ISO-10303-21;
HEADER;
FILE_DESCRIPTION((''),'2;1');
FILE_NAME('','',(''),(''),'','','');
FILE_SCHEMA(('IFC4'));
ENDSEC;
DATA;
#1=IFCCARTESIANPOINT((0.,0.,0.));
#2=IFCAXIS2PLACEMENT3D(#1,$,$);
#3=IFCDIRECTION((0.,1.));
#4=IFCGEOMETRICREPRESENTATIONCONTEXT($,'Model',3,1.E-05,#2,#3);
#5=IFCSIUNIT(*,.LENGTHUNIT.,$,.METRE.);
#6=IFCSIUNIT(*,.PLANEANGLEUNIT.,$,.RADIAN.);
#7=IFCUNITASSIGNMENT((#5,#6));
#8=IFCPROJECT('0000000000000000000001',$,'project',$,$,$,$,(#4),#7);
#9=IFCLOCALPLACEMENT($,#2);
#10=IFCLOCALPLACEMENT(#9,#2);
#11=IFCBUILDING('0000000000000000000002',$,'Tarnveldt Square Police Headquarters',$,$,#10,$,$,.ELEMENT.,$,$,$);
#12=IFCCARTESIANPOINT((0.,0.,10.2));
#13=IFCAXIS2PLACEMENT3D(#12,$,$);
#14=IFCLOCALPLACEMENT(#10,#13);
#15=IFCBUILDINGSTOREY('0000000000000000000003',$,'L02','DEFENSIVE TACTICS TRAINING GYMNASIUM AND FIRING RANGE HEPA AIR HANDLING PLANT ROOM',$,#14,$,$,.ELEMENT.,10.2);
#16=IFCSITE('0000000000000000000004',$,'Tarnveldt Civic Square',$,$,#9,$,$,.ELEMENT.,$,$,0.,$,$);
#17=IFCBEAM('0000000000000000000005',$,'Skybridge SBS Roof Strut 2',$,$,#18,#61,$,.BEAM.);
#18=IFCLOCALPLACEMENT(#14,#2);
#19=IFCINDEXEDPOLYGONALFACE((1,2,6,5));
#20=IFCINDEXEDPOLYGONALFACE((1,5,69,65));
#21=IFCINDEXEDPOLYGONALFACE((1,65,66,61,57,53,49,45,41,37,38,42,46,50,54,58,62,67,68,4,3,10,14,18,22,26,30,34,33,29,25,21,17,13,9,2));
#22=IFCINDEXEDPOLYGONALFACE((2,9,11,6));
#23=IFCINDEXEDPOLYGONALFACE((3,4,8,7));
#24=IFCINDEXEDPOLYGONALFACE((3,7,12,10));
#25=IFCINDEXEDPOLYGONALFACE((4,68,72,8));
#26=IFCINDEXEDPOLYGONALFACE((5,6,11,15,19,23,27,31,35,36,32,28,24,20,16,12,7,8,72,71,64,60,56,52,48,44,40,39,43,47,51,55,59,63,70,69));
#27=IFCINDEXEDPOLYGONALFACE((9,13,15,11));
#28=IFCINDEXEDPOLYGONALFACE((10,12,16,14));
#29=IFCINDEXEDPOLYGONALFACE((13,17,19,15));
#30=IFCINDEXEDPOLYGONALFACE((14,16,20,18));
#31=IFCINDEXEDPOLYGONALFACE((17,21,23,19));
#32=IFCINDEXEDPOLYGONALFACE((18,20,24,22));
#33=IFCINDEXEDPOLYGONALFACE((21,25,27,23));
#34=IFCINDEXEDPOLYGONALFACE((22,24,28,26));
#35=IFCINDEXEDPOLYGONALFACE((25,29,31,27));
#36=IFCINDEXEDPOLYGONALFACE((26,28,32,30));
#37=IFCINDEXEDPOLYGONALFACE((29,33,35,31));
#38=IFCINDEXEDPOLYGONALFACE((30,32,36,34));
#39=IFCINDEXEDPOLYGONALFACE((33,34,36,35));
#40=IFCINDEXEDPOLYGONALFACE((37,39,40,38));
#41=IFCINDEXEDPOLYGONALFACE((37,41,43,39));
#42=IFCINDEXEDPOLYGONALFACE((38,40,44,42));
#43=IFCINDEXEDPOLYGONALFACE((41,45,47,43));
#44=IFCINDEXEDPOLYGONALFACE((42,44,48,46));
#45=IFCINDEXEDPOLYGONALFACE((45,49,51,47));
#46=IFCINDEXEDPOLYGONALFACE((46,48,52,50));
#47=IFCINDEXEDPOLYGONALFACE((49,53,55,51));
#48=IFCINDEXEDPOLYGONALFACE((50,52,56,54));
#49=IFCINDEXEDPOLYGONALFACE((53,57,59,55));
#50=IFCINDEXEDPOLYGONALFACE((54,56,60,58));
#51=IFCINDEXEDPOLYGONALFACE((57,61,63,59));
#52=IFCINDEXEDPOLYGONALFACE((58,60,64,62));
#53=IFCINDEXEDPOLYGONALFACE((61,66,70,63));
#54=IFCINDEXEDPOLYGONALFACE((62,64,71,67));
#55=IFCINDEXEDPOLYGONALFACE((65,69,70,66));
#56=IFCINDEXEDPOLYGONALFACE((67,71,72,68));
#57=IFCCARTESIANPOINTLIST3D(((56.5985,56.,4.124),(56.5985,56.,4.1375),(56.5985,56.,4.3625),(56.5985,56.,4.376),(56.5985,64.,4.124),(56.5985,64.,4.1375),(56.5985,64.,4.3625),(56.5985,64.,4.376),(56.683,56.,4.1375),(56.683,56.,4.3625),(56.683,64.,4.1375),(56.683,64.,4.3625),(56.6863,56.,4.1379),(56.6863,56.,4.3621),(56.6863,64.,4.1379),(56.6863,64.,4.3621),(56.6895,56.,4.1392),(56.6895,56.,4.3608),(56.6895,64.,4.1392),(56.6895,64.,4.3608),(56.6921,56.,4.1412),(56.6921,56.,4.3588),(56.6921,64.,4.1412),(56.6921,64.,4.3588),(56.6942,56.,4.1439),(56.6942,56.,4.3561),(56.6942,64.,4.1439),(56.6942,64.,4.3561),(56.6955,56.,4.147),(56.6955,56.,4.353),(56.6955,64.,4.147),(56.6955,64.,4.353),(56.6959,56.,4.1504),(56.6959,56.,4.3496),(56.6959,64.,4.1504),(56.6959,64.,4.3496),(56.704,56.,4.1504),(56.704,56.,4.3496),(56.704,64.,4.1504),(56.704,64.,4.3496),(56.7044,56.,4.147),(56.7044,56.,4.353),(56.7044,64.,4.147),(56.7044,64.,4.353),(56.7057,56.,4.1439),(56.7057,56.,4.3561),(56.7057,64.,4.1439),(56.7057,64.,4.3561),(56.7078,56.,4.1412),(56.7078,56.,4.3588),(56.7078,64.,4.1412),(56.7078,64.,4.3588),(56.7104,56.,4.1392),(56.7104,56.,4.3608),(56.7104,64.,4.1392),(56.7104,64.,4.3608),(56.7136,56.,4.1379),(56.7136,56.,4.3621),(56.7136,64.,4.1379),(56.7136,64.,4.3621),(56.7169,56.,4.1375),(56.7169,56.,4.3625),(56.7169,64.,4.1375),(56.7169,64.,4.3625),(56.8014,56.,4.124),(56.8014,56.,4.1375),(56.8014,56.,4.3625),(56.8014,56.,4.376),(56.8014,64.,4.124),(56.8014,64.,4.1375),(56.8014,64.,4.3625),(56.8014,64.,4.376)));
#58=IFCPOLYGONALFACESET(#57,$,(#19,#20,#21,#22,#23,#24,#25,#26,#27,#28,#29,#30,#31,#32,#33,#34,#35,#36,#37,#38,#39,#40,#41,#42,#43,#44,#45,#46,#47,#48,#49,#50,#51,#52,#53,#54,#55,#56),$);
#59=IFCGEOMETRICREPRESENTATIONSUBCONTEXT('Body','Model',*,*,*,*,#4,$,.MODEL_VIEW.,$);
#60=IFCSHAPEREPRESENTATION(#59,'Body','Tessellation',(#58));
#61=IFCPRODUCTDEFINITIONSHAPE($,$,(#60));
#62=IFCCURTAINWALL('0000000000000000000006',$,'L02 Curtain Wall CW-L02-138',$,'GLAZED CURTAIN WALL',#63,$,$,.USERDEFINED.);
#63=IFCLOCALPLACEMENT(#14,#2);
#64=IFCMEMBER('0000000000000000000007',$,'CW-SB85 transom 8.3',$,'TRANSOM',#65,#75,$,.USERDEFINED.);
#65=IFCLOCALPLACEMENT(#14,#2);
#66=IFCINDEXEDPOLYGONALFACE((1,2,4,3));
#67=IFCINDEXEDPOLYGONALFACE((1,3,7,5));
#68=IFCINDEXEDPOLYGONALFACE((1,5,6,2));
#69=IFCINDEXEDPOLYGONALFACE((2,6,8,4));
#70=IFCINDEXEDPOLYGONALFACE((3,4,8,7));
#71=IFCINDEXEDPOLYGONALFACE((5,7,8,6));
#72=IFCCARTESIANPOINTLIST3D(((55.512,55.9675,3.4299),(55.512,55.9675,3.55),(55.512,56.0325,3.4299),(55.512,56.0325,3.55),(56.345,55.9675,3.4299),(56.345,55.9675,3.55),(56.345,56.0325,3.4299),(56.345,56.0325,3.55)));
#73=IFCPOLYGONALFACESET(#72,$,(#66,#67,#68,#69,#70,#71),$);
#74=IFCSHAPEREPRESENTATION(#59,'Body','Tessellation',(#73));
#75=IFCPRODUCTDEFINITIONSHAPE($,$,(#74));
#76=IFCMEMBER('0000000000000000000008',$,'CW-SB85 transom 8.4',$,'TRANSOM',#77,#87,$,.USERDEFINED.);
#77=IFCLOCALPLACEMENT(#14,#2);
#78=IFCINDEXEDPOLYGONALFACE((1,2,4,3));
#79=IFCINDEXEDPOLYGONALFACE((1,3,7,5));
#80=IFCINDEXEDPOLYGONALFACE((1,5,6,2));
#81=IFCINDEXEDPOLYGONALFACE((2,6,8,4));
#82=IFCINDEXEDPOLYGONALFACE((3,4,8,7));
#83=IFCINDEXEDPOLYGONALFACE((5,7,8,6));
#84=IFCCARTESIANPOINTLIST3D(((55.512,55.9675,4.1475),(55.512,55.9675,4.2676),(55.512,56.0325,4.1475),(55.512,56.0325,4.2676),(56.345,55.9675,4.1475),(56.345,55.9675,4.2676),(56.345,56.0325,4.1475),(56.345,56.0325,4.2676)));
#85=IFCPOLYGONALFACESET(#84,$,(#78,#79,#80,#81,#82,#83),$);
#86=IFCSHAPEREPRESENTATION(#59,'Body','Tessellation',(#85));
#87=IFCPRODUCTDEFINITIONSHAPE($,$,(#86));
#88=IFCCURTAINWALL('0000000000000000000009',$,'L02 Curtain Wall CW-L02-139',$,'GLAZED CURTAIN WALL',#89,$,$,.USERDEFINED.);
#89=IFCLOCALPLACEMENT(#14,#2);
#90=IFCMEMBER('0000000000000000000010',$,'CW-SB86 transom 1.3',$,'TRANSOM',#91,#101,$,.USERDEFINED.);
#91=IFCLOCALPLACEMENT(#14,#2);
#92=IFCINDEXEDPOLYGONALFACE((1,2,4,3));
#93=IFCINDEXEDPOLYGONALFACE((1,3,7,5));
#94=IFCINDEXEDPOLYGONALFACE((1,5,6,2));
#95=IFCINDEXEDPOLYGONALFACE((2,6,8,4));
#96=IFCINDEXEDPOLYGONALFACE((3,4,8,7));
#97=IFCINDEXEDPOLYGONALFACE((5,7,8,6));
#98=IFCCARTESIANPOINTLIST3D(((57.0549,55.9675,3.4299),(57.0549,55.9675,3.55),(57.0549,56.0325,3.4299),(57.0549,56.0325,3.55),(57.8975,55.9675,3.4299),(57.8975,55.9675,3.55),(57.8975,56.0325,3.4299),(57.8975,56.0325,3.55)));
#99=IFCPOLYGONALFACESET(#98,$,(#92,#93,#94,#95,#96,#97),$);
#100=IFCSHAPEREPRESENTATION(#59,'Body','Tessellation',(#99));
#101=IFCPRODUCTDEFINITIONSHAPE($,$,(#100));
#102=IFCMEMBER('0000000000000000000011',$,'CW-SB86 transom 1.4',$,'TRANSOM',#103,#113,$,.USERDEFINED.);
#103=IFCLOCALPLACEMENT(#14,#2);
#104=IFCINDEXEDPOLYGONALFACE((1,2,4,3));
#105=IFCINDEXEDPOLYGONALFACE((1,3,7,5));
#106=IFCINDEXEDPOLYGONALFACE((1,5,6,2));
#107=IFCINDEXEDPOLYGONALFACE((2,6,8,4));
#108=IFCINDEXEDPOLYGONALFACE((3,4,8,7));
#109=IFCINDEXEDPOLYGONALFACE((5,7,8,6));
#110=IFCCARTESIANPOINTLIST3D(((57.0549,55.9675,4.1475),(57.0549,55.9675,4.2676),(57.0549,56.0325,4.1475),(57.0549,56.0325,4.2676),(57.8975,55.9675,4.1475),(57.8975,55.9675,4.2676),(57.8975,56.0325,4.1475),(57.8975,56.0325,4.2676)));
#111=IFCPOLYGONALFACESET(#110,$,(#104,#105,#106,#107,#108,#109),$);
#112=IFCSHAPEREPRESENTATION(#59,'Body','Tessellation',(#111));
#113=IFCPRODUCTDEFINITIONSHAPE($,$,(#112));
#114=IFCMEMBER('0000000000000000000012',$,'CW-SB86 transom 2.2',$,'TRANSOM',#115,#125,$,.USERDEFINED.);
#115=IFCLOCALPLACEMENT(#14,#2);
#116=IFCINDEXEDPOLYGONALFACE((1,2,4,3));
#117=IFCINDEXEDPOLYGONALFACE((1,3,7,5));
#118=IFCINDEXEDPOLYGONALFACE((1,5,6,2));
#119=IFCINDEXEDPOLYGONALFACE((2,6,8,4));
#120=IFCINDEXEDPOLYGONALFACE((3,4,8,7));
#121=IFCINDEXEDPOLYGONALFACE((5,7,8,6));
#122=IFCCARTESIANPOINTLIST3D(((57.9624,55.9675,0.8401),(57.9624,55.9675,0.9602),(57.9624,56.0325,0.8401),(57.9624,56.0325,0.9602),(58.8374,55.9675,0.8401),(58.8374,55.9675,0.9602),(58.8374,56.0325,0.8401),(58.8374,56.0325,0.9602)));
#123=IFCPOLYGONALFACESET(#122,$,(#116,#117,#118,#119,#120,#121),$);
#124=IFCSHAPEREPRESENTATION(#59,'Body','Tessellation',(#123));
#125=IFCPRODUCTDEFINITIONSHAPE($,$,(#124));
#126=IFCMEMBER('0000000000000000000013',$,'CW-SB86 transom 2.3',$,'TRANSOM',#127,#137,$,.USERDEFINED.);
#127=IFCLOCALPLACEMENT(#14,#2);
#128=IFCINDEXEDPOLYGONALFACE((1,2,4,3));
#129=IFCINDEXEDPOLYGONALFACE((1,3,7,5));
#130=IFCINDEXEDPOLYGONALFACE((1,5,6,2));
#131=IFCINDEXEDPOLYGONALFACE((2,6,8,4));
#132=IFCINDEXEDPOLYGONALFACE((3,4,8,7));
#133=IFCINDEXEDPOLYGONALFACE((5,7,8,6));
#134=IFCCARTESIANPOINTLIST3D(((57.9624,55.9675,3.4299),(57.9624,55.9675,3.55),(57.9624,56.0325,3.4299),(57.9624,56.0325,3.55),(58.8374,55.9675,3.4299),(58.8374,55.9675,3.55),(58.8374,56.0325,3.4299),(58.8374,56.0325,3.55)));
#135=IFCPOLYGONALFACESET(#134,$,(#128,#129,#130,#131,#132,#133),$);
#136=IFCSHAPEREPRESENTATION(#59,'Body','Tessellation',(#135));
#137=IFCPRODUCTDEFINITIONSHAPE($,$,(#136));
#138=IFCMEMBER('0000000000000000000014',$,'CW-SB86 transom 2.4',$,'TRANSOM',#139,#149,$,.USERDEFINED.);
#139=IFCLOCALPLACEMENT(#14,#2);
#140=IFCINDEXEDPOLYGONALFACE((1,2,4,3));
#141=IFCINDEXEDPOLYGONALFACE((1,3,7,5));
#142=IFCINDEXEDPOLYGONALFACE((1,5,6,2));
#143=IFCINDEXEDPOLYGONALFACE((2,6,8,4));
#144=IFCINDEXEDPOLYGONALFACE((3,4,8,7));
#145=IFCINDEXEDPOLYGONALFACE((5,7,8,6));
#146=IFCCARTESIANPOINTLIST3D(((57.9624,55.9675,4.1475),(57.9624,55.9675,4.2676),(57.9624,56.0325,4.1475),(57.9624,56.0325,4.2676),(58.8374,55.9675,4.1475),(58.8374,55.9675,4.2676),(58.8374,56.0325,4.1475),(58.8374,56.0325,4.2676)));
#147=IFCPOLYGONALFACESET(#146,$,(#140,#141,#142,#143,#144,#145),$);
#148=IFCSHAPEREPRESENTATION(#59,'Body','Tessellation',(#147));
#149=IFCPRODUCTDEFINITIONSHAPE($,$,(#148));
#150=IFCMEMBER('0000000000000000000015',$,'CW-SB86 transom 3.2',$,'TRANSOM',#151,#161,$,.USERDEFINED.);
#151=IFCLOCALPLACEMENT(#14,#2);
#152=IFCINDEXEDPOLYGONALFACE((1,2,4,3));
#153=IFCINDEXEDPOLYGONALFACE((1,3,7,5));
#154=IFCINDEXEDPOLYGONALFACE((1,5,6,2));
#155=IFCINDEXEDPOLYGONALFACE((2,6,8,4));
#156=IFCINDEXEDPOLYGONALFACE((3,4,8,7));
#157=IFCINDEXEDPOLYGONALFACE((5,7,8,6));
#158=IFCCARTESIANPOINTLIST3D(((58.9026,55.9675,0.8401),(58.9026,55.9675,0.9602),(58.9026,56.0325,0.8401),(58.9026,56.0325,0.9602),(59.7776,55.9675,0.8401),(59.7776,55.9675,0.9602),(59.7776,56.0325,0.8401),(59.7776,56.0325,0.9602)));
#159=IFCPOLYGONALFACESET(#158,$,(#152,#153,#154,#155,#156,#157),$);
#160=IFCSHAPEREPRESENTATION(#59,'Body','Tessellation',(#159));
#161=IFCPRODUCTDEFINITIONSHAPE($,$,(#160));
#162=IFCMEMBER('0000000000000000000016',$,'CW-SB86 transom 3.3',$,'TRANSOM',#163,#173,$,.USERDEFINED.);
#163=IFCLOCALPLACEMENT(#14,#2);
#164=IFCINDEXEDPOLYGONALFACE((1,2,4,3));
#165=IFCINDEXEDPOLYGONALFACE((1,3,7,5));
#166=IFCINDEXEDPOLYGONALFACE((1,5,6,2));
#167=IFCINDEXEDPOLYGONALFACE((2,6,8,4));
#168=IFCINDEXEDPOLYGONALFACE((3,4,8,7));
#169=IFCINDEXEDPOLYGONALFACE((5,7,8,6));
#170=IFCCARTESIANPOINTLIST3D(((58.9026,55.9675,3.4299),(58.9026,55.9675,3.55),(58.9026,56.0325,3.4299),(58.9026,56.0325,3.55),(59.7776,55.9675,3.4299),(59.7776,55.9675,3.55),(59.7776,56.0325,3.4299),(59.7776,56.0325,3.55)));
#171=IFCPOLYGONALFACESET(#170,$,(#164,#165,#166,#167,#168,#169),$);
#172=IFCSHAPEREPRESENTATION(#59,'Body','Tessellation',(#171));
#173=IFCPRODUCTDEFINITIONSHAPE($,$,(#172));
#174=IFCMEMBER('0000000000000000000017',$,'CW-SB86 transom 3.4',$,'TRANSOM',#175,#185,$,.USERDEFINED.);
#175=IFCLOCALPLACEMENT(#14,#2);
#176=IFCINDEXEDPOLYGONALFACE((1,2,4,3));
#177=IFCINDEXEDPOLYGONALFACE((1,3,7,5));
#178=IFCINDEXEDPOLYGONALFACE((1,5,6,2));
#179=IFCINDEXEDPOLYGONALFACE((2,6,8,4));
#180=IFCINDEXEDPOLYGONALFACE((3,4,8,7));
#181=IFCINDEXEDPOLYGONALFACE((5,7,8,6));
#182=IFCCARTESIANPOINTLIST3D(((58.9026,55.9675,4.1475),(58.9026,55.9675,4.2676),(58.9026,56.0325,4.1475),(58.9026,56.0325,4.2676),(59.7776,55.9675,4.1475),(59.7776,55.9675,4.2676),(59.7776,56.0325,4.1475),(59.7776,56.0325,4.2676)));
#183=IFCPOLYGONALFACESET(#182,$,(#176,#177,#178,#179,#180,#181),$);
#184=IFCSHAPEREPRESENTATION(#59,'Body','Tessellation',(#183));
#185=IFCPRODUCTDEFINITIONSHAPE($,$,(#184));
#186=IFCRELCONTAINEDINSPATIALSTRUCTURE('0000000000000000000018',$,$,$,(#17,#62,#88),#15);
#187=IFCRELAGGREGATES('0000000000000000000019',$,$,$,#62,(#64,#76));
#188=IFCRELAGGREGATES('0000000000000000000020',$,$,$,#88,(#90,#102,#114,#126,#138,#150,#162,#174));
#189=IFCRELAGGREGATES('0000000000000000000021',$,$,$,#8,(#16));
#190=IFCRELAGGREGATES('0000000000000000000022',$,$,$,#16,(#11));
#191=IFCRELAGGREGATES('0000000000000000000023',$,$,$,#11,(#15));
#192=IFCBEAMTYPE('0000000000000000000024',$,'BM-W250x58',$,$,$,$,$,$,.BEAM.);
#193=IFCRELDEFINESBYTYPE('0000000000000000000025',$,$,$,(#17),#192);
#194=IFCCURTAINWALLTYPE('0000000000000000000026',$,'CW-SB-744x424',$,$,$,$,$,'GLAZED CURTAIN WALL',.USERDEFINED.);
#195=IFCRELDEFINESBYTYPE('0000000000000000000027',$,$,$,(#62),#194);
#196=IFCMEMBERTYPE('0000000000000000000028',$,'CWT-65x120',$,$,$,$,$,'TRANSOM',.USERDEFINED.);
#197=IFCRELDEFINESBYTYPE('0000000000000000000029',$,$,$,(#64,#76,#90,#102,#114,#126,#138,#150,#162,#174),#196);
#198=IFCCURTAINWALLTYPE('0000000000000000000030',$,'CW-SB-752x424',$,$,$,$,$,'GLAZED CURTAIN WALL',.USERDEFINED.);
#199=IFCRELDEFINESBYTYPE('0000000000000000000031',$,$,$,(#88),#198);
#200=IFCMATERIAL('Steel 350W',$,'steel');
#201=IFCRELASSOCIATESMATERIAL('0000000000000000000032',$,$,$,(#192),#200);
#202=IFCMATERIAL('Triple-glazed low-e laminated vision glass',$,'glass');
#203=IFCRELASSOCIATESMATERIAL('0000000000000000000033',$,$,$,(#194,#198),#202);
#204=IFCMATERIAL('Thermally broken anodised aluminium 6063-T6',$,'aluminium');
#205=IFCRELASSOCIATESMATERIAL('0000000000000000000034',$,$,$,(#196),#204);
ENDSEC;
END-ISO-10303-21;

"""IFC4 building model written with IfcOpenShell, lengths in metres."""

from ifc_helpers import new_model, si_unit, direction, frame, origin, origin_2d, place, context, subcontext, project, spatial, rectangle, i_section, extrude, material, material_profile, profile_set, type_object, element, aggregate, save


model = new_model("IFC4")

# Units and contexts
model_context = context("Model", 3, precision=1e-05, world=origin(), true_north=direction((0.0, 1.0)))
body_context = subcontext(model_context, "Body", "Model", "MODEL_VIEW")
ifc_project = project(units=[si_unit("LENGTHUNIT", "METRE"), si_unit("PLANEANGLEUNIT", "RADIAN")], contexts=[model_context])

# Site, building, storey
site_placement = place(None, origin())
site = spatial("IfcSite", under=ifc_project, at=site_placement, Name="Tarnveldt Civic Square", CompositionType="ELEMENT", RefElevation=0.0)
building_placement = place(site_placement, origin())
building = spatial("IfcBuilding", under=site, at=building_placement, Name="Tarnveldt Square Police Headquarters", CompositionType="ELEMENT")
storey_placement = place(building_placement, frame((0.0, 0.0, 10.2)))
storey = spatial("IfcBuildingStorey", under=building, at=storey_placement, Name="L02", Description="DEFENSIVE TACTICS TRAINING GYMNASIUM AND FIRING RANGE HEPA AIR HANDLING PLANT ROOM", CompositionType="ELEMENT", Elevation=10.2)

# Beam
ifc_material_1 = material(Name="Steel 350W", Category="steel")
ifc_material_profile_1 = material_profile(ifc_material_1, i_section(OverallWidth=0.2029, OverallDepth=0.252, WebThickness=0.0081, FlangeThickness=0.0134, FilletRadius=0.0129, at=origin_2d()), Name="W250x58")
ifc_profile_set_1 = profile_set([ifc_material_profile_1], Name="Steel 350W")
beam_type = type_object("IfcBeamType", Name="BM-W250x58", PredefinedType="BEAM", material=ifc_profile_set_1)
beam_placement = place(storey_placement, frame((56.7, 56.0, 4.25), z_axis=(0.0, 1.0, 0.0), x_axis=(-1.0, 0.0, 0.0)))
element("IfcBeam", 1, at=beam_placement, inside=storey, type_object=beam_type, Name="Skybridge SBS Roof Strut 2", PredefinedType="BEAM", context=body_context, shape_type="SweptSolid", body=[
    extrude(i_section(OverallWidth=0.2029, OverallDepth=0.252, WebThickness=0.0081, FlangeThickness=0.0134, FilletRadius=0.0129, at=origin_2d()), origin(), (0.0, 0.0, 1.0), 8.0),
])

# Curtain walls, members
ifc_material_2 = material(Name="Triple-glazed low-e laminated vision glass", Category="glass")
curtain_wall_type_1 = type_object("IfcCurtainWallType", Name="CW-SB-744x424", ElementType="GLAZED CURTAIN WALL", PredefinedType="USERDEFINED", material=ifc_material_2)
curtain_wall_1_placement = place(storey_placement, origin())
curtain_wall_1 = element("IfcCurtainWall", 2, at=curtain_wall_1_placement, inside=storey, type_object=curtain_wall_type_1, Name="L02 Curtain Wall CW-L02-138", ObjectType="GLAZED CURTAIN WALL", PredefinedType="USERDEFINED")
ifc_material_3 = material(Name="Thermally broken anodised aluminium 6063-T6", Category="aluminium")
ifc_material_profile_2 = material_profile(ifc_material_3, rectangle(XDim=0.0649, YDim=0.1201, at=origin_2d()), Name="CW-T65x120")
ifc_profile_set_2 = profile_set([ifc_material_profile_2], Name="Thermally broken anodised aluminium 6063-T6")
member_type_1 = type_object("IfcMemberType", Name="CWT-65x120", ElementType="TRANSOM", PredefinedType="USERDEFINED", material=ifc_profile_set_2)
member_1_placement = place(storey_placement, frame((55.512, 56.0, 3.49), z_axis=(1.0, 0.0, 0.0), x_axis=(0.0, 1.0, 0.0)))
member_1 = element("IfcMember", 3, at=member_1_placement, type_object=member_type_1, Name="CW-SB85 transom 8.3", ObjectType="TRANSOM", PredefinedType="USERDEFINED", context=body_context, shape_type="SweptSolid", body=[
    extrude(rectangle(XDim=0.0649, YDim=0.1201, at=origin_2d()), origin(), (0.0, 0.0, 1.0), 0.833),
])
member_2_placement = place(storey_placement, frame((55.512, 56.0, 4.2075), z_axis=(1.0, 0.0, 0.0), x_axis=(0.0, 1.0, 0.0)))
member_2 = element("IfcMember", 4, at=member_2_placement, type_object=member_type_1, Name="CW-SB85 transom 8.4", ObjectType="TRANSOM", PredefinedType="USERDEFINED", context=body_context, shape_type="SweptSolid", body=[
    extrude(rectangle(XDim=0.0649, YDim=0.1201, at=origin_2d()), origin(), (0.0, 0.0, 1.0), 0.833),
])
curtain_wall_type_2 = type_object("IfcCurtainWallType", Name="CW-SB-752x424", ElementType="GLAZED CURTAIN WALL", PredefinedType="USERDEFINED", material=ifc_material_2)
curtain_wall_2_placement = place(storey_placement, origin())
curtain_wall_2 = element("IfcCurtainWall", 5, at=curtain_wall_2_placement, inside=storey, type_object=curtain_wall_type_2, Name="L02 Curtain Wall CW-L02-139", ObjectType="GLAZED CURTAIN WALL", PredefinedType="USERDEFINED")
member_3_placement = place(storey_placement, frame((57.0549, 56.0, 3.49), z_axis=(1.0, 0.0, 0.0), x_axis=(0.0, 1.0, 0.0)))
member_3 = element("IfcMember", 6, at=member_3_placement, type_object=member_type_1, Name="CW-SB86 transom 1.3", ObjectType="TRANSOM", PredefinedType="USERDEFINED", context=body_context, shape_type="SweptSolid", body=[
    extrude(rectangle(XDim=0.0649, YDim=0.1201, at=origin_2d()), origin(), (0.0, 0.0, 1.0), 0.8425),
])
member_4_placement = place(storey_placement, frame((57.0549, 56.0, 4.2075), z_axis=(1.0, 0.0, 0.0), x_axis=(0.0, 1.0, 0.0)))
member_4 = element("IfcMember", 7, at=member_4_placement, type_object=member_type_1, Name="CW-SB86 transom 1.4", ObjectType="TRANSOM", PredefinedType="USERDEFINED", context=body_context, shape_type="SweptSolid", body=[
    extrude(rectangle(XDim=0.0649, YDim=0.1201, at=origin_2d()), origin(), (0.0, 0.0, 1.0), 0.8425),
])
member_5_placement = place(storey_placement, frame((57.9624, 56.0, 0.9001), z_axis=(1.0, 0.0, 0.0), x_axis=(0.0, 1.0, 0.0)))
member_5 = element("IfcMember", 8, at=member_5_placement, type_object=member_type_1, Name="CW-SB86 transom 2.2", ObjectType="TRANSOM", PredefinedType="USERDEFINED", context=body_context, shape_type="SweptSolid", body=[
    extrude(rectangle(XDim=0.0649, YDim=0.1201, at=origin_2d()), origin(), (0.0, 0.0, 1.0), 0.875),
])
member_6_placement = place(storey_placement, frame((57.9624, 56.0, 3.49), z_axis=(1.0, 0.0, 0.0), x_axis=(0.0, 1.0, 0.0)))
member_6 = element("IfcMember", 9, at=member_6_placement, type_object=member_type_1, Name="CW-SB86 transom 2.3", ObjectType="TRANSOM", PredefinedType="USERDEFINED", context=body_context, shape_type="SweptSolid", body=[
    extrude(rectangle(XDim=0.0649, YDim=0.1201, at=origin_2d()), origin(), (0.0, 0.0, 1.0), 0.875),
])
member_7_placement = place(storey_placement, frame((57.9624, 56.0, 4.2075), z_axis=(1.0, 0.0, 0.0), x_axis=(0.0, 1.0, 0.0)))
member_7 = element("IfcMember", 10, at=member_7_placement, type_object=member_type_1, Name="CW-SB86 transom 2.4", ObjectType="TRANSOM", PredefinedType="USERDEFINED", context=body_context, shape_type="SweptSolid", body=[
    extrude(rectangle(XDim=0.0649, YDim=0.1201, at=origin_2d()), origin(), (0.0, 0.0, 1.0), 0.875),
])
member_8_placement = place(storey_placement, frame((58.9026, 56.0, 0.9001), z_axis=(1.0, 0.0, 0.0), x_axis=(0.0, 1.0, 0.0)))
member_8 = element("IfcMember", 11, at=member_8_placement, type_object=member_type_1, Name="CW-SB86 transom 3.2", ObjectType="TRANSOM", PredefinedType="USERDEFINED", context=body_context, shape_type="SweptSolid", body=[
    extrude(rectangle(XDim=0.0649, YDim=0.1201, at=origin_2d()), origin(), (0.0, 0.0, 1.0), 0.875),
])
member_9_placement = place(storey_placement, frame((58.9026, 56.0, 3.49), z_axis=(1.0, 0.0, 0.0), x_axis=(0.0, 1.0, 0.0)))
member_9 = element("IfcMember", 12, at=member_9_placement, type_object=member_type_1, Name="CW-SB86 transom 3.3", ObjectType="TRANSOM", PredefinedType="USERDEFINED", context=body_context, shape_type="SweptSolid", body=[
    extrude(rectangle(XDim=0.0649, YDim=0.1201, at=origin_2d()), origin(), (0.0, 0.0, 1.0), 0.875),
])
member_10_placement = place(storey_placement, frame((58.9026, 56.0, 4.2075), z_axis=(1.0, 0.0, 0.0), x_axis=(0.0, 1.0, 0.0)))
member_10 = element("IfcMember", 13, at=member_10_placement, type_object=member_type_1, Name="CW-SB86 transom 3.4", ObjectType="TRANSOM", PredefinedType="USERDEFINED", context=body_context, shape_type="SweptSolid", body=[
    extrude(rectangle(XDim=0.0649, YDim=0.1201, at=origin_2d()), origin(), (0.0, 0.0, 1.0), 0.875),
])

aggregate(curtain_wall_1, [member_1, member_2])
aggregate(curtain_wall_2, [member_3, member_4, member_5, member_6, member_7, member_8, member_9, member_10])

save(model, "model.ifc")
